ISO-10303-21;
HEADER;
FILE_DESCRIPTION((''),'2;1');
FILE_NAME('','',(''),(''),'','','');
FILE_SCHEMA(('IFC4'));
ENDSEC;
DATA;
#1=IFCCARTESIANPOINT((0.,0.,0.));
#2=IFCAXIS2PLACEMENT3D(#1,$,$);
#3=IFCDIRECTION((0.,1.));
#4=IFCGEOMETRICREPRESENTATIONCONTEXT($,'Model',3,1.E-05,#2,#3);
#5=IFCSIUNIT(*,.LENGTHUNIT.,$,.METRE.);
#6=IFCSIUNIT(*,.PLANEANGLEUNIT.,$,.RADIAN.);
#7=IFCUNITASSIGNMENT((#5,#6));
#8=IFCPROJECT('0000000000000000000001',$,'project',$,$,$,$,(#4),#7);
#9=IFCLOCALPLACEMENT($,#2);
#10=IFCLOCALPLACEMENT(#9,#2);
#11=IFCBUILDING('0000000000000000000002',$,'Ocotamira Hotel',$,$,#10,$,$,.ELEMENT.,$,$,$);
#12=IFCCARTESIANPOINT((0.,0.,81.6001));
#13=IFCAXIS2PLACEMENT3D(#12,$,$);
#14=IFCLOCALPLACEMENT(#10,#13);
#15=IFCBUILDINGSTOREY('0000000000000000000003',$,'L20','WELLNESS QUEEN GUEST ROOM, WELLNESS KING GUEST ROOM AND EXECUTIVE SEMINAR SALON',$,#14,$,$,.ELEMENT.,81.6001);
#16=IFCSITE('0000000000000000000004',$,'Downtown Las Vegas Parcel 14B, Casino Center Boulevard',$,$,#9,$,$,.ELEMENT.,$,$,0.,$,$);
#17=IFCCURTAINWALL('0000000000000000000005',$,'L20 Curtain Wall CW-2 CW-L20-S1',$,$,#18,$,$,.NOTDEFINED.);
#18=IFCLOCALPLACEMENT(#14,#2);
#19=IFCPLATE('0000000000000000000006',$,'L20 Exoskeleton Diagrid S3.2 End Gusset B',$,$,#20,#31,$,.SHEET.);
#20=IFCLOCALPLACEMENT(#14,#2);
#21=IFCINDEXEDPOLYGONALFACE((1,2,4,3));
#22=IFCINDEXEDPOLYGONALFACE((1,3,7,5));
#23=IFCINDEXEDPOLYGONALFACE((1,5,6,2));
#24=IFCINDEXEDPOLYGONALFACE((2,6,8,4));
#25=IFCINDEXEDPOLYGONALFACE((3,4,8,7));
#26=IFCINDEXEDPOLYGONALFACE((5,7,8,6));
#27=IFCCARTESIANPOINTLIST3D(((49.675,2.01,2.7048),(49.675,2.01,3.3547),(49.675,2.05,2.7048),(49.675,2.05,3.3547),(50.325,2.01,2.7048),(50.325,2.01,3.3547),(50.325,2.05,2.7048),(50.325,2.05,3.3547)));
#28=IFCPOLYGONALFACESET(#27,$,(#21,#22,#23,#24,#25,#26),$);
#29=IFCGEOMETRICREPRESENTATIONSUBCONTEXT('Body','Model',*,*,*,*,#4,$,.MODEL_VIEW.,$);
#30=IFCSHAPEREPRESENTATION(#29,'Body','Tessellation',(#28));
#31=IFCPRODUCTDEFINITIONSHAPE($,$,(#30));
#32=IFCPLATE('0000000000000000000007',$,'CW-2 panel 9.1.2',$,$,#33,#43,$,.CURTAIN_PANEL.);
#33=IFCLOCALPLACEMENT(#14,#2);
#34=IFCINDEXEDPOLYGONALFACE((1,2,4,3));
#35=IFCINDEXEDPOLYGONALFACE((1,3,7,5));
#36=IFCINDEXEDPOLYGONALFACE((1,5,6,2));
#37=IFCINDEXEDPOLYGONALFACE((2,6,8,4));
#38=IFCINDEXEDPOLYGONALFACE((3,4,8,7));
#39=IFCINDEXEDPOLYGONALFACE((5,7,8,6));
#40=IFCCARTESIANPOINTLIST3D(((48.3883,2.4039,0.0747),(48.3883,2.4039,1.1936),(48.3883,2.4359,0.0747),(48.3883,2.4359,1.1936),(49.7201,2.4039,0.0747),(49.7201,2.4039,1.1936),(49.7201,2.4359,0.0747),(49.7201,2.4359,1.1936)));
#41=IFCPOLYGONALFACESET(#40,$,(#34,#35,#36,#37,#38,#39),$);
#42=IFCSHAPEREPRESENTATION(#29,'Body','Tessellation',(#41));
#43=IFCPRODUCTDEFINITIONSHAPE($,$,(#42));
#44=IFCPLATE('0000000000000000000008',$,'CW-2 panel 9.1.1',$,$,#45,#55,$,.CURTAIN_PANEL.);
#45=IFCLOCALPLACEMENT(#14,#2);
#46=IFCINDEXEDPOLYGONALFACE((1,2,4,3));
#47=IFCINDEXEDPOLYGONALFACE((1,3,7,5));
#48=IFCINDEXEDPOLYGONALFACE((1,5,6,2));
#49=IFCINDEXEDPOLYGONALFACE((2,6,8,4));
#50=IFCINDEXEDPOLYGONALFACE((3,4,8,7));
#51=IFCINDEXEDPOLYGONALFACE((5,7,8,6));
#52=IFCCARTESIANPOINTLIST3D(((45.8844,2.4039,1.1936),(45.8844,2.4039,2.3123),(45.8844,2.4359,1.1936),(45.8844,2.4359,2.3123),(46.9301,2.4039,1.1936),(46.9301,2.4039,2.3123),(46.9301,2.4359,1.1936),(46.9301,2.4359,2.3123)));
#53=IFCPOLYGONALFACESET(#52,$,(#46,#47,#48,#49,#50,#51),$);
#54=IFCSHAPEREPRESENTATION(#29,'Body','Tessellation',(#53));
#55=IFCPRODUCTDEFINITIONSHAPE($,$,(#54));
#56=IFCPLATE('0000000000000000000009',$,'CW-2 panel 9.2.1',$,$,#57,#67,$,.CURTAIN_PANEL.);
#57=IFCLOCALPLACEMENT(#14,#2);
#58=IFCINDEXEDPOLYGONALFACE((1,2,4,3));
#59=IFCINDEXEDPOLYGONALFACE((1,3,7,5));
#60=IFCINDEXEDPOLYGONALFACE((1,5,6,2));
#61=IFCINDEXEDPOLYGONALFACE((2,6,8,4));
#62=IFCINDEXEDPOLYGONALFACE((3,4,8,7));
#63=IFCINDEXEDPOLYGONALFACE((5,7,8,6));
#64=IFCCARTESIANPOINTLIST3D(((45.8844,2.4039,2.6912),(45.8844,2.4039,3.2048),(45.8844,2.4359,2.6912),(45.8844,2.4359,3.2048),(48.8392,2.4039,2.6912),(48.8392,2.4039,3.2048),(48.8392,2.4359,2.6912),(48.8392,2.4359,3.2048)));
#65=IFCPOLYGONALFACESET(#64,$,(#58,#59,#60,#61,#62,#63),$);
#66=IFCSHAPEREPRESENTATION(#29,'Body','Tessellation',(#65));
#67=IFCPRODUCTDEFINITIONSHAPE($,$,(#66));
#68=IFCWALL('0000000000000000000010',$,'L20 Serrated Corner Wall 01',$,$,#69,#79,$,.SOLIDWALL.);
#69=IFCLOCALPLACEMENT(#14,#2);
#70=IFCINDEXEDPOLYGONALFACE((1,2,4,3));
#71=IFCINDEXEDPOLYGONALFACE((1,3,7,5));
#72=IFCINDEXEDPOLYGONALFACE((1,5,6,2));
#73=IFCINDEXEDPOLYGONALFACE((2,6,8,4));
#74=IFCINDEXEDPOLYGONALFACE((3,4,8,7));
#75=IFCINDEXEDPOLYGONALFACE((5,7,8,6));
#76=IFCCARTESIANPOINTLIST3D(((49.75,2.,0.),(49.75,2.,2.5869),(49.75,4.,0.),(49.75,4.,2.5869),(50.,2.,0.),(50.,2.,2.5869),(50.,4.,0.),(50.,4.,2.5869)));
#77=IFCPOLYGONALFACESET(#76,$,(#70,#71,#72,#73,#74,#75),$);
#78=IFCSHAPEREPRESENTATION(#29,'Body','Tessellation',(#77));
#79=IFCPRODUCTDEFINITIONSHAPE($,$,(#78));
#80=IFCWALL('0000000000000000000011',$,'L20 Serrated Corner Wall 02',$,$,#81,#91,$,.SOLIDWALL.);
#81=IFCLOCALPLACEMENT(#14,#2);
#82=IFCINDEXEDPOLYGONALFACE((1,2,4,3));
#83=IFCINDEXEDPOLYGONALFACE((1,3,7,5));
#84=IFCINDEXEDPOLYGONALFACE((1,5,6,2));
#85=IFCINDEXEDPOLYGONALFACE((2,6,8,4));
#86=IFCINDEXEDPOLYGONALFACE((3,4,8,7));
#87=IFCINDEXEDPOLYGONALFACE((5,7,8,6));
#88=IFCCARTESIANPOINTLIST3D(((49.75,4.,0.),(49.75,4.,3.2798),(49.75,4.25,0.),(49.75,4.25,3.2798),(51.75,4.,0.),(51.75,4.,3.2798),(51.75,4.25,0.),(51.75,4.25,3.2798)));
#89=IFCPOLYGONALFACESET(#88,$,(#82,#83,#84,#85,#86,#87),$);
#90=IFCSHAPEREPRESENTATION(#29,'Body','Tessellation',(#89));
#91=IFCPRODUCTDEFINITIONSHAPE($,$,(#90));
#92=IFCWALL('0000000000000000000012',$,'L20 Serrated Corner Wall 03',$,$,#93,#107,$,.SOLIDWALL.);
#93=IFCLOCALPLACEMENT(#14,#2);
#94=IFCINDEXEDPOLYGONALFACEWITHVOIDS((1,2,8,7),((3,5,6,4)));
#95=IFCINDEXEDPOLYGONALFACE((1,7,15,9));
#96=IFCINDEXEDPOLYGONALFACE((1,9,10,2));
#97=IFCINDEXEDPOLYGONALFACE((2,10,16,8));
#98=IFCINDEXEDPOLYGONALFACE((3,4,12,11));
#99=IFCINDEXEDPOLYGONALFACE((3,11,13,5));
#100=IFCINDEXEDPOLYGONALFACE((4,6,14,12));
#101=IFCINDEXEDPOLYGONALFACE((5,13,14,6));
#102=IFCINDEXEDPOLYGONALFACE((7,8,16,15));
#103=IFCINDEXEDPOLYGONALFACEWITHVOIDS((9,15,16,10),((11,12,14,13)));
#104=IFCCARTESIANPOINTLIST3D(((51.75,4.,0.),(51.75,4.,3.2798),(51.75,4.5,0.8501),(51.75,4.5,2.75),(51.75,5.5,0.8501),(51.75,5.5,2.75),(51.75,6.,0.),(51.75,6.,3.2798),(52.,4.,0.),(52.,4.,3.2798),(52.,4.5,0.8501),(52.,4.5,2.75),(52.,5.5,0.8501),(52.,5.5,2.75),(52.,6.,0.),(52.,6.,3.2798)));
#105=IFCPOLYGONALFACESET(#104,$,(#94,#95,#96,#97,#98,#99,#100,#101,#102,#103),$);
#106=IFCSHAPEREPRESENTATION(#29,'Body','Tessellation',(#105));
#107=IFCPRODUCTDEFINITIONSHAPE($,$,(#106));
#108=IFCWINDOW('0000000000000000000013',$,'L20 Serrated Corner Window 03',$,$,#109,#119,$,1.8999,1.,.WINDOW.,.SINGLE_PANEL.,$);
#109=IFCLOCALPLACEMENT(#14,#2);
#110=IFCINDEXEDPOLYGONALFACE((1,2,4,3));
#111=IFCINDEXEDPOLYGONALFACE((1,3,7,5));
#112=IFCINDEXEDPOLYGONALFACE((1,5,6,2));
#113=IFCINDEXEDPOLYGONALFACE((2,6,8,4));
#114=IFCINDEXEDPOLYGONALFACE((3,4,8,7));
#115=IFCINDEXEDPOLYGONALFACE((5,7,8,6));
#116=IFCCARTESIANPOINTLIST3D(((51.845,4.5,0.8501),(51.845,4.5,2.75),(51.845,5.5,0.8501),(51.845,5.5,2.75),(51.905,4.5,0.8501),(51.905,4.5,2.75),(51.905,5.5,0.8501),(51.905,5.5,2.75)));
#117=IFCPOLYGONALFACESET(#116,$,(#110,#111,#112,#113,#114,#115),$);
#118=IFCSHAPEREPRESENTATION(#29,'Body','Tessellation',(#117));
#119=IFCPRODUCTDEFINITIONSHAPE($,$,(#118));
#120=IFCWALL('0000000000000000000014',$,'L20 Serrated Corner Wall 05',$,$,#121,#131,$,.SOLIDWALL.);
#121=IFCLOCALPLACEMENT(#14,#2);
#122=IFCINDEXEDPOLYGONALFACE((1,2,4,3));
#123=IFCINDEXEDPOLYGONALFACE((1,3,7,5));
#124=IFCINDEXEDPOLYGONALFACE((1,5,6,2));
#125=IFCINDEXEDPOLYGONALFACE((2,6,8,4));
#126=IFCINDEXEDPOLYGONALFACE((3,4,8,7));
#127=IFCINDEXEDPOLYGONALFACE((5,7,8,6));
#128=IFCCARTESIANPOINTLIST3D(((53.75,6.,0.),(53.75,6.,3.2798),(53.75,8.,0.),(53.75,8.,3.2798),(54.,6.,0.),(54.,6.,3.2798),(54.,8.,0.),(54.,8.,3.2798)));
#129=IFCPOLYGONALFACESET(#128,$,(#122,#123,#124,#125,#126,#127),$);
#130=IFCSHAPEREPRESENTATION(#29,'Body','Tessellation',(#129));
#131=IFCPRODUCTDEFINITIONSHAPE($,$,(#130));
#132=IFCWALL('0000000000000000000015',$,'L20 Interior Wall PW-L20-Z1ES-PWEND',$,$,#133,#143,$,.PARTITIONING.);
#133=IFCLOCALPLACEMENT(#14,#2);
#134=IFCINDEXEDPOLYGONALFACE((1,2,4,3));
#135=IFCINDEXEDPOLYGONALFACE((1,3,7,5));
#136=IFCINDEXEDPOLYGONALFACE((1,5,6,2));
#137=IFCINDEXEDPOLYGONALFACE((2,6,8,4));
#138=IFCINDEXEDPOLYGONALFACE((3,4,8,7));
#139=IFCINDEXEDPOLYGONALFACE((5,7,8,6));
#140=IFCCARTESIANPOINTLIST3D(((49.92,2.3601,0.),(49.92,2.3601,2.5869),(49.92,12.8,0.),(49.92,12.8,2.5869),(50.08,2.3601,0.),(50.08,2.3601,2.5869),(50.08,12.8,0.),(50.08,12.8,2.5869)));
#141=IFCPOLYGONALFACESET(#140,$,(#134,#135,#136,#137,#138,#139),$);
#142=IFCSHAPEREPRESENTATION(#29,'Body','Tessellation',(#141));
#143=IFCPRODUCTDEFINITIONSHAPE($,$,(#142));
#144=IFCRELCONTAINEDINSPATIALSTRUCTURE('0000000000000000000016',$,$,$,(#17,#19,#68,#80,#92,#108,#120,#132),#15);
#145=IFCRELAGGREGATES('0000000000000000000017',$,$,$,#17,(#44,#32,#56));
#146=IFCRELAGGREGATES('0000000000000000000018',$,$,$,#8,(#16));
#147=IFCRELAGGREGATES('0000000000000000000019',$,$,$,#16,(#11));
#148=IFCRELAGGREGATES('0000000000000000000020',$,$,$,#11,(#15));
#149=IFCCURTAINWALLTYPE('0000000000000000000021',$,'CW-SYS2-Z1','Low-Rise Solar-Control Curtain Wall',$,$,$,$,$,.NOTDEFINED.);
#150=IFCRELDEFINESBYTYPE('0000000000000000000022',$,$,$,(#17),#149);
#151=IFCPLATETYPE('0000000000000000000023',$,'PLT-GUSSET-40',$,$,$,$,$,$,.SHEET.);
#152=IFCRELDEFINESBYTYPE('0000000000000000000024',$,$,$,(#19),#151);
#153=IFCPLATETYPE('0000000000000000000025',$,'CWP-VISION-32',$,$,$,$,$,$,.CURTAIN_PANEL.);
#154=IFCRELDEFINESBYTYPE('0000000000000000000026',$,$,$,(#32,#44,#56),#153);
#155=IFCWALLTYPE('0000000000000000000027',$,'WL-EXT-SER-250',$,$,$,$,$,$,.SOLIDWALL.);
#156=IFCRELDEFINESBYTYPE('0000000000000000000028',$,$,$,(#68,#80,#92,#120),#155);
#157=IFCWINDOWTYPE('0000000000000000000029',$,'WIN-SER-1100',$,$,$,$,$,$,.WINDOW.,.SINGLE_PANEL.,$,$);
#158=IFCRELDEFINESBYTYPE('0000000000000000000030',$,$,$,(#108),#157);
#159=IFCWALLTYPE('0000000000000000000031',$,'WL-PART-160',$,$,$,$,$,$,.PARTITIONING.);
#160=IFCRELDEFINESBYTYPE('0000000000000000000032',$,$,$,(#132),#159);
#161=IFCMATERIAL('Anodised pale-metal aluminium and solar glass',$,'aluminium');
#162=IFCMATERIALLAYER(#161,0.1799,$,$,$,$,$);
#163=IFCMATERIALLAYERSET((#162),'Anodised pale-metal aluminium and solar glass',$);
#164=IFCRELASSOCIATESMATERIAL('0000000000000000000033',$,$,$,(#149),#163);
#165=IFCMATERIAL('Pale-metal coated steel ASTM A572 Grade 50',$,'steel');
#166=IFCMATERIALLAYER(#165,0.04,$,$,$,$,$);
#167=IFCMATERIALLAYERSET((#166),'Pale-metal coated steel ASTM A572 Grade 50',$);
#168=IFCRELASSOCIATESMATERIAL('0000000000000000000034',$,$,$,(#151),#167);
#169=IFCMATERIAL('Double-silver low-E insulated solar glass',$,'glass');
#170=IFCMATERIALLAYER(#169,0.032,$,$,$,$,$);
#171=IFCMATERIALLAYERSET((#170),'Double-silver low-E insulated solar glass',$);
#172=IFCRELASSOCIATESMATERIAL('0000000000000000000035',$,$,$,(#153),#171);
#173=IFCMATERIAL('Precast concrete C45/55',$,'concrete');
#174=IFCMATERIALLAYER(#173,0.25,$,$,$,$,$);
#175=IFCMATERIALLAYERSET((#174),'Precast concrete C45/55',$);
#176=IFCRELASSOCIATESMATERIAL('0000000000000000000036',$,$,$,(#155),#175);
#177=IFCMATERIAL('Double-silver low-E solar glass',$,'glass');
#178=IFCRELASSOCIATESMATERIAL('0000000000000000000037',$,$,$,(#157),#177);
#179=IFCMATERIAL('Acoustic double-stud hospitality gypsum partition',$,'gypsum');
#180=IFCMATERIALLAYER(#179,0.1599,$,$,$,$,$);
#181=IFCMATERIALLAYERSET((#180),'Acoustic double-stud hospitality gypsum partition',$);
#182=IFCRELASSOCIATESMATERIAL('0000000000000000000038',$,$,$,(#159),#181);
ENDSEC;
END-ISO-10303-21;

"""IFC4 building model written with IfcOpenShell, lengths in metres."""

from ifc_helpers import new_model, si_unit, direction, frame, frame_2d, origin, origin_2d, place, context, subcontext, project, spatial, rectangle, extrude, source, transform, mapped, material, layer, layer_set, type_object, element, fill, aggregate, save


model = new_model("IFC4")

# Units and contexts
model_context = context("Model", 3, precision=1e-05, world=origin(), true_north=direction((0.0, 1.0)))
body_context = subcontext(model_context, "Body", "Model", "MODEL_VIEW")
ifc_project = project(units=[si_unit("LENGTHUNIT", "METRE"), si_unit("PLANEANGLEUNIT", "RADIAN")], contexts=[model_context])

# Site, building, storey
site_placement = place(None, origin())
site = spatial("IfcSite", under=ifc_project, at=site_placement, Name="Downtown Las Vegas Parcel 14B, Casino Center Boulevard", CompositionType="ELEMENT", RefElevation=0.0)
building_placement = place(site_placement, origin())
building = spatial("IfcBuilding", under=site, at=building_placement, Name="Ocotamira Hotel", CompositionType="ELEMENT")
storey_placement = place(building_placement, frame((0.0, 0.0, 81.6001)))
storey = spatial("IfcBuildingStorey", under=building, at=storey_placement, Name="L20", Description="WELLNESS QUEEN GUEST ROOM, WELLNESS KING GUEST ROOM AND EXECUTIVE SEMINAR SALON", CompositionType="ELEMENT", Elevation=81.6001)

# Curtain wall
ifc_material_1 = material(Name="Anodised pale-metal aluminium and solar glass", Category="aluminium")
ifc_layer_1 = layer(ifc_material_1, 0.1799)
ifc_layer_set_1 = layer_set([ifc_layer_1], Name="Anodised pale-metal aluminium and solar glass")
curtain_wall_type = type_object("IfcCurtainWallType", Name="CW-SYS2-Z1", Description="Low-Rise Solar-Control Curtain Wall", PredefinedType="NOTDEFINED", material=ifc_layer_set_1)
curtain_wall_placement = place(storey_placement, origin())
curtain_wall = element("IfcCurtainWall", 1, at=curtain_wall_placement, inside=storey, type_object=curtain_wall_type, Name="L20 Curtain Wall CW-2 CW-L20-S1", PredefinedType="NOTDEFINED")

# Plates
ifc_material_2 = material(Name="Pale-metal coated steel ASTM A572 Grade 50", Category="steel")
ifc_layer_2 = layer(ifc_material_2, 0.04)
ifc_layer_set_2 = layer_set([ifc_layer_2], Name="Pale-metal coated steel ASTM A572 Grade 50")
plate_type_1 = type_object("IfcPlateType", Name="PLT-GUSSET-40", PredefinedType="SHEET", material=ifc_layer_set_2)
shared_shape_1 = source(origin(), body_context, "Body", "SweptSolid", [
    extrude(rectangle(XDim=0.6499, YDim=0.04, at=origin_2d()), origin(), (0.0, 0.0, 1.0), 0.6499),
])
plate_1_placement = place(storey_placement, frame((50.0, 2.03, 2.7048), z_axis=(0.0, 0.0, 1.0), x_axis=(1.0, 0.0, 0.0)))
element("IfcPlate", 2, at=plate_1_placement, inside=storey, type_object=plate_type_1, Name="L20 Exoskeleton Diagrid S3.2 End Gusset B", PredefinedType="SHEET", context=body_context, shape_type="MappedRepresentation", body=[
    mapped(shared_shape_1, transform((0.0, 0.0, 0.0), scale=1.0)),
])
ifc_material_3 = material(Name="Double-silver low-E insulated solar glass", Category="glass")
ifc_layer_3 = layer(ifc_material_3, 0.032)
ifc_layer_set_3 = layer_set([ifc_layer_3], Name="Double-silver low-E insulated solar glass")
plate_type_2 = type_object("IfcPlateType", Name="CWP-VISION-32", PredefinedType="CURTAIN_PANEL", material=ifc_layer_set_3)
shared_shape_2 = source(origin(), body_context, "Body", "SweptSolid", [
    extrude(rectangle(XDim=1.3318, YDim=0.032, at=origin_2d()), origin(), (0.0, 0.0, 1.0), 1.1189),
])
plate_2_placement = place(storey_placement, frame((49.0542, 2.4199, 0.0747), z_axis=(0.0, 0.0, 1.0), x_axis=(1.0, 0.0, 0.0)))
plate_2 = element("IfcPlate", 3, at=plate_2_placement, type_object=plate_type_2, Name="CW-2 panel 9.1.2", PredefinedType="CURTAIN_PANEL", context=body_context, shape_type="MappedRepresentation", body=[
    mapped(shared_shape_2, transform((0.0, 0.0, 0.0), scale=1.0)),
])
shared_shape_3 = source(origin(), body_context, "Body", "SweptSolid", [
    extrude(rectangle(XDim=1.0457, YDim=0.032, at=origin_2d()), origin(), (0.0, 0.0, 1.0), 1.1187),
])
plate_3_placement = place(storey_placement, frame((46.4072, 2.4199, 1.1936), z_axis=(0.0, 0.0, 1.0), x_axis=(1.0, 0.0, 0.0)))
plate_3 = element("IfcPlate", 4, at=plate_3_placement, type_object=plate_type_2, Name="CW-2 panel 9.1.1", PredefinedType="CURTAIN_PANEL", context=body_context, shape_type="MappedRepresentation", body=[
    mapped(shared_shape_3, transform((0.0, 0.0, 0.0), scale=1.0)),
])
shared_shape_4 = source(origin(), body_context, "Body", "SweptSolid", [
    extrude(rectangle(XDim=2.9548, YDim=0.032, at=origin_2d()), origin(), (0.0, 0.0, 1.0), 0.5137),
])
plate_4_placement = place(storey_placement, frame((47.3618, 2.4199, 2.6912), z_axis=(0.0, 0.0, 1.0), x_axis=(1.0, 0.0, 0.0)))
plate_4 = element("IfcPlate", 5, at=plate_4_placement, type_object=plate_type_2, Name="CW-2 panel 9.2.1", PredefinedType="CURTAIN_PANEL", context=body_context, shape_type="MappedRepresentation", body=[
    mapped(shared_shape_4, transform((0.0, 0.0, 0.0), scale=1.0)),
])
aggregate(curtain_wall, [plate_3, plate_2, plate_4])

# Walls
ifc_material_4 = material(Name="Precast concrete C45/55", Category="concrete")
ifc_layer_4 = layer(ifc_material_4, 0.25)
ifc_layer_set_4 = layer_set([ifc_layer_4], Name="Precast concrete C45/55")
wall_type_1 = type_object("IfcWallType", Name="WL-EXT-SER-250", PredefinedType="SOLIDWALL", material=ifc_layer_set_4)
wall_1_placement = place(storey_placement, frame((49.875, 2.0, 0.0), z_axis=(0.0, 0.0, 1.0), x_axis=(0.0, 1.0, 0.0)))
element("IfcWall", 6, at=wall_1_placement, inside=storey, type_object=wall_type_1, Name="L20 Serrated Corner Wall 01", PredefinedType="SOLIDWALL", context=body_context, shape_type="SweptSolid", body=[
    extrude(rectangle(XDim=2.0, YDim=0.25, at=frame_2d((1.0, 0.0))), origin(), (0.0, 0.0, 1.0), 2.5869),
])
wall_2_placement = place(storey_placement, frame((49.75, 4.125, 0.0), z_axis=(0.0, 0.0, 1.0), x_axis=(1.0, 0.0, 0.0)))
element("IfcWall", 7, at=wall_2_placement, inside=storey, type_object=wall_type_1, Name="L20 Serrated Corner Wall 02", PredefinedType="SOLIDWALL", context=body_context, shape_type="SweptSolid", body=[
    extrude(rectangle(XDim=2.0, YDim=0.25, at=frame_2d((1.0, 0.0))), origin(), (0.0, 0.0, 1.0), 3.2798),
])

# Wall, opening, window
wall_3_placement = place(storey_placement, frame((51.875, 4.0, 0.0), z_axis=(0.0, 0.0, 1.0), x_axis=(0.0, 1.0, 0.0)))
wall_3 = element("IfcWall", 8, at=wall_3_placement, inside=storey, type_object=wall_type_1, Name="L20 Serrated Corner Wall 03", PredefinedType="SOLIDWALL", context=body_context, shape_type="SweptSolid", body=[
    extrude(rectangle(XDim=2.0, YDim=0.25, at=frame_2d((1.0, 0.0))), origin(), (0.0, 0.0, 1.0), 3.2798),
])
opening_placement = place(wall_3_placement, frame((0.5, 0.0, 0.8501)))
opening = element("IfcOpeningElement", 9, at=opening_placement, cuts=wall_3, PredefinedType="OPENING", context=body_context, shape_type="SweptSolid", body=[
    extrude(rectangle(XDim=1.0, YDim=1.8999, at=frame_2d((0.5, 0.95))), frame((0.0, 0.135, 0.0), z_axis=(0.0, -1.0, 0.0), x_axis=(1.0, 0.0, 0.0)), (0.0, 0.0, 1.0), 0.27),
])
ifc_material_5 = material(Name="Double-silver low-E solar glass", Category="glass")
window_type = type_object("IfcWindowType", Name="WIN-SER-1100", PartitioningType="SINGLE_PANEL", PredefinedType="WINDOW", material=ifc_material_5)
shared_shape_5 = source(origin(), body_context, "Body", "SweptSolid", [
    extrude(rectangle(XDim=1.0, YDim=1.8999, at=frame_2d((0.5, 0.95))), frame((0.0, 0.03, 0.0), z_axis=(0.0, -1.0, 0.0), x_axis=(1.0, 0.0, 0.0)), (0.0, 0.0, 1.0), 0.0601),
])
window_placement = place(opening_placement, origin())
window = element("IfcWindow", 10, at=window_placement, inside=storey, type_object=window_type, Name="L20 Serrated Corner Window 03", OverallHeight=1.8999, OverallWidth=1.0, PartitioningType="SINGLE_PANEL", PredefinedType="WINDOW", context=body_context, shape_type="MappedRepresentation", body=[
    mapped(shared_shape_5, transform((0.0, 0.0, 0.0), scale=1.0)),
])
fill(opening, window)

# Walls
wall_4_placement = place(storey_placement, frame((53.875, 6.0, 0.0), z_axis=(0.0, 0.0, 1.0), x_axis=(0.0, 1.0, 0.0)))
element("IfcWall", 11, at=wall_4_placement, inside=storey, type_object=wall_type_1, Name="L20 Serrated Corner Wall 05", PredefinedType="SOLIDWALL", context=body_context, shape_type="SweptSolid", body=[
    extrude(rectangle(XDim=2.0, YDim=0.25, at=frame_2d((1.0, 0.0))), origin(), (0.0, 0.0, 1.0), 3.2798),
])
ifc_material_6 = material(Name="Acoustic double-stud hospitality gypsum partition", Category="gypsum")
ifc_layer_5 = layer(ifc_material_6, 0.1599)
ifc_layer_set_5 = layer_set([ifc_layer_5], Name="Acoustic double-stud hospitality gypsum partition")
wall_type_2 = type_object("IfcWallType", Name="WL-PART-160", PredefinedType="PARTITIONING", material=ifc_layer_set_5)
wall_5_placement = place(storey_placement, frame((50.0, 2.3601, 0.0), z_axis=(0.0, 0.0, 1.0), x_axis=(0.0, 1.0, 0.0)))
element("IfcWall", 12, at=wall_5_placement, inside=storey, type_object=wall_type_2, Name="L20 Interior Wall PW-L20-Z1ES-PWEND", PredefinedType="PARTITIONING", context=body_context, shape_type="SweptSolid", body=[
    extrude(rectangle(XDim=10.4399, YDim=0.1599, at=frame_2d((5.22, 0.0))), origin(), (0.0, 0.0, 1.0), 2.5869),
])

save(model, "model.ifc")
